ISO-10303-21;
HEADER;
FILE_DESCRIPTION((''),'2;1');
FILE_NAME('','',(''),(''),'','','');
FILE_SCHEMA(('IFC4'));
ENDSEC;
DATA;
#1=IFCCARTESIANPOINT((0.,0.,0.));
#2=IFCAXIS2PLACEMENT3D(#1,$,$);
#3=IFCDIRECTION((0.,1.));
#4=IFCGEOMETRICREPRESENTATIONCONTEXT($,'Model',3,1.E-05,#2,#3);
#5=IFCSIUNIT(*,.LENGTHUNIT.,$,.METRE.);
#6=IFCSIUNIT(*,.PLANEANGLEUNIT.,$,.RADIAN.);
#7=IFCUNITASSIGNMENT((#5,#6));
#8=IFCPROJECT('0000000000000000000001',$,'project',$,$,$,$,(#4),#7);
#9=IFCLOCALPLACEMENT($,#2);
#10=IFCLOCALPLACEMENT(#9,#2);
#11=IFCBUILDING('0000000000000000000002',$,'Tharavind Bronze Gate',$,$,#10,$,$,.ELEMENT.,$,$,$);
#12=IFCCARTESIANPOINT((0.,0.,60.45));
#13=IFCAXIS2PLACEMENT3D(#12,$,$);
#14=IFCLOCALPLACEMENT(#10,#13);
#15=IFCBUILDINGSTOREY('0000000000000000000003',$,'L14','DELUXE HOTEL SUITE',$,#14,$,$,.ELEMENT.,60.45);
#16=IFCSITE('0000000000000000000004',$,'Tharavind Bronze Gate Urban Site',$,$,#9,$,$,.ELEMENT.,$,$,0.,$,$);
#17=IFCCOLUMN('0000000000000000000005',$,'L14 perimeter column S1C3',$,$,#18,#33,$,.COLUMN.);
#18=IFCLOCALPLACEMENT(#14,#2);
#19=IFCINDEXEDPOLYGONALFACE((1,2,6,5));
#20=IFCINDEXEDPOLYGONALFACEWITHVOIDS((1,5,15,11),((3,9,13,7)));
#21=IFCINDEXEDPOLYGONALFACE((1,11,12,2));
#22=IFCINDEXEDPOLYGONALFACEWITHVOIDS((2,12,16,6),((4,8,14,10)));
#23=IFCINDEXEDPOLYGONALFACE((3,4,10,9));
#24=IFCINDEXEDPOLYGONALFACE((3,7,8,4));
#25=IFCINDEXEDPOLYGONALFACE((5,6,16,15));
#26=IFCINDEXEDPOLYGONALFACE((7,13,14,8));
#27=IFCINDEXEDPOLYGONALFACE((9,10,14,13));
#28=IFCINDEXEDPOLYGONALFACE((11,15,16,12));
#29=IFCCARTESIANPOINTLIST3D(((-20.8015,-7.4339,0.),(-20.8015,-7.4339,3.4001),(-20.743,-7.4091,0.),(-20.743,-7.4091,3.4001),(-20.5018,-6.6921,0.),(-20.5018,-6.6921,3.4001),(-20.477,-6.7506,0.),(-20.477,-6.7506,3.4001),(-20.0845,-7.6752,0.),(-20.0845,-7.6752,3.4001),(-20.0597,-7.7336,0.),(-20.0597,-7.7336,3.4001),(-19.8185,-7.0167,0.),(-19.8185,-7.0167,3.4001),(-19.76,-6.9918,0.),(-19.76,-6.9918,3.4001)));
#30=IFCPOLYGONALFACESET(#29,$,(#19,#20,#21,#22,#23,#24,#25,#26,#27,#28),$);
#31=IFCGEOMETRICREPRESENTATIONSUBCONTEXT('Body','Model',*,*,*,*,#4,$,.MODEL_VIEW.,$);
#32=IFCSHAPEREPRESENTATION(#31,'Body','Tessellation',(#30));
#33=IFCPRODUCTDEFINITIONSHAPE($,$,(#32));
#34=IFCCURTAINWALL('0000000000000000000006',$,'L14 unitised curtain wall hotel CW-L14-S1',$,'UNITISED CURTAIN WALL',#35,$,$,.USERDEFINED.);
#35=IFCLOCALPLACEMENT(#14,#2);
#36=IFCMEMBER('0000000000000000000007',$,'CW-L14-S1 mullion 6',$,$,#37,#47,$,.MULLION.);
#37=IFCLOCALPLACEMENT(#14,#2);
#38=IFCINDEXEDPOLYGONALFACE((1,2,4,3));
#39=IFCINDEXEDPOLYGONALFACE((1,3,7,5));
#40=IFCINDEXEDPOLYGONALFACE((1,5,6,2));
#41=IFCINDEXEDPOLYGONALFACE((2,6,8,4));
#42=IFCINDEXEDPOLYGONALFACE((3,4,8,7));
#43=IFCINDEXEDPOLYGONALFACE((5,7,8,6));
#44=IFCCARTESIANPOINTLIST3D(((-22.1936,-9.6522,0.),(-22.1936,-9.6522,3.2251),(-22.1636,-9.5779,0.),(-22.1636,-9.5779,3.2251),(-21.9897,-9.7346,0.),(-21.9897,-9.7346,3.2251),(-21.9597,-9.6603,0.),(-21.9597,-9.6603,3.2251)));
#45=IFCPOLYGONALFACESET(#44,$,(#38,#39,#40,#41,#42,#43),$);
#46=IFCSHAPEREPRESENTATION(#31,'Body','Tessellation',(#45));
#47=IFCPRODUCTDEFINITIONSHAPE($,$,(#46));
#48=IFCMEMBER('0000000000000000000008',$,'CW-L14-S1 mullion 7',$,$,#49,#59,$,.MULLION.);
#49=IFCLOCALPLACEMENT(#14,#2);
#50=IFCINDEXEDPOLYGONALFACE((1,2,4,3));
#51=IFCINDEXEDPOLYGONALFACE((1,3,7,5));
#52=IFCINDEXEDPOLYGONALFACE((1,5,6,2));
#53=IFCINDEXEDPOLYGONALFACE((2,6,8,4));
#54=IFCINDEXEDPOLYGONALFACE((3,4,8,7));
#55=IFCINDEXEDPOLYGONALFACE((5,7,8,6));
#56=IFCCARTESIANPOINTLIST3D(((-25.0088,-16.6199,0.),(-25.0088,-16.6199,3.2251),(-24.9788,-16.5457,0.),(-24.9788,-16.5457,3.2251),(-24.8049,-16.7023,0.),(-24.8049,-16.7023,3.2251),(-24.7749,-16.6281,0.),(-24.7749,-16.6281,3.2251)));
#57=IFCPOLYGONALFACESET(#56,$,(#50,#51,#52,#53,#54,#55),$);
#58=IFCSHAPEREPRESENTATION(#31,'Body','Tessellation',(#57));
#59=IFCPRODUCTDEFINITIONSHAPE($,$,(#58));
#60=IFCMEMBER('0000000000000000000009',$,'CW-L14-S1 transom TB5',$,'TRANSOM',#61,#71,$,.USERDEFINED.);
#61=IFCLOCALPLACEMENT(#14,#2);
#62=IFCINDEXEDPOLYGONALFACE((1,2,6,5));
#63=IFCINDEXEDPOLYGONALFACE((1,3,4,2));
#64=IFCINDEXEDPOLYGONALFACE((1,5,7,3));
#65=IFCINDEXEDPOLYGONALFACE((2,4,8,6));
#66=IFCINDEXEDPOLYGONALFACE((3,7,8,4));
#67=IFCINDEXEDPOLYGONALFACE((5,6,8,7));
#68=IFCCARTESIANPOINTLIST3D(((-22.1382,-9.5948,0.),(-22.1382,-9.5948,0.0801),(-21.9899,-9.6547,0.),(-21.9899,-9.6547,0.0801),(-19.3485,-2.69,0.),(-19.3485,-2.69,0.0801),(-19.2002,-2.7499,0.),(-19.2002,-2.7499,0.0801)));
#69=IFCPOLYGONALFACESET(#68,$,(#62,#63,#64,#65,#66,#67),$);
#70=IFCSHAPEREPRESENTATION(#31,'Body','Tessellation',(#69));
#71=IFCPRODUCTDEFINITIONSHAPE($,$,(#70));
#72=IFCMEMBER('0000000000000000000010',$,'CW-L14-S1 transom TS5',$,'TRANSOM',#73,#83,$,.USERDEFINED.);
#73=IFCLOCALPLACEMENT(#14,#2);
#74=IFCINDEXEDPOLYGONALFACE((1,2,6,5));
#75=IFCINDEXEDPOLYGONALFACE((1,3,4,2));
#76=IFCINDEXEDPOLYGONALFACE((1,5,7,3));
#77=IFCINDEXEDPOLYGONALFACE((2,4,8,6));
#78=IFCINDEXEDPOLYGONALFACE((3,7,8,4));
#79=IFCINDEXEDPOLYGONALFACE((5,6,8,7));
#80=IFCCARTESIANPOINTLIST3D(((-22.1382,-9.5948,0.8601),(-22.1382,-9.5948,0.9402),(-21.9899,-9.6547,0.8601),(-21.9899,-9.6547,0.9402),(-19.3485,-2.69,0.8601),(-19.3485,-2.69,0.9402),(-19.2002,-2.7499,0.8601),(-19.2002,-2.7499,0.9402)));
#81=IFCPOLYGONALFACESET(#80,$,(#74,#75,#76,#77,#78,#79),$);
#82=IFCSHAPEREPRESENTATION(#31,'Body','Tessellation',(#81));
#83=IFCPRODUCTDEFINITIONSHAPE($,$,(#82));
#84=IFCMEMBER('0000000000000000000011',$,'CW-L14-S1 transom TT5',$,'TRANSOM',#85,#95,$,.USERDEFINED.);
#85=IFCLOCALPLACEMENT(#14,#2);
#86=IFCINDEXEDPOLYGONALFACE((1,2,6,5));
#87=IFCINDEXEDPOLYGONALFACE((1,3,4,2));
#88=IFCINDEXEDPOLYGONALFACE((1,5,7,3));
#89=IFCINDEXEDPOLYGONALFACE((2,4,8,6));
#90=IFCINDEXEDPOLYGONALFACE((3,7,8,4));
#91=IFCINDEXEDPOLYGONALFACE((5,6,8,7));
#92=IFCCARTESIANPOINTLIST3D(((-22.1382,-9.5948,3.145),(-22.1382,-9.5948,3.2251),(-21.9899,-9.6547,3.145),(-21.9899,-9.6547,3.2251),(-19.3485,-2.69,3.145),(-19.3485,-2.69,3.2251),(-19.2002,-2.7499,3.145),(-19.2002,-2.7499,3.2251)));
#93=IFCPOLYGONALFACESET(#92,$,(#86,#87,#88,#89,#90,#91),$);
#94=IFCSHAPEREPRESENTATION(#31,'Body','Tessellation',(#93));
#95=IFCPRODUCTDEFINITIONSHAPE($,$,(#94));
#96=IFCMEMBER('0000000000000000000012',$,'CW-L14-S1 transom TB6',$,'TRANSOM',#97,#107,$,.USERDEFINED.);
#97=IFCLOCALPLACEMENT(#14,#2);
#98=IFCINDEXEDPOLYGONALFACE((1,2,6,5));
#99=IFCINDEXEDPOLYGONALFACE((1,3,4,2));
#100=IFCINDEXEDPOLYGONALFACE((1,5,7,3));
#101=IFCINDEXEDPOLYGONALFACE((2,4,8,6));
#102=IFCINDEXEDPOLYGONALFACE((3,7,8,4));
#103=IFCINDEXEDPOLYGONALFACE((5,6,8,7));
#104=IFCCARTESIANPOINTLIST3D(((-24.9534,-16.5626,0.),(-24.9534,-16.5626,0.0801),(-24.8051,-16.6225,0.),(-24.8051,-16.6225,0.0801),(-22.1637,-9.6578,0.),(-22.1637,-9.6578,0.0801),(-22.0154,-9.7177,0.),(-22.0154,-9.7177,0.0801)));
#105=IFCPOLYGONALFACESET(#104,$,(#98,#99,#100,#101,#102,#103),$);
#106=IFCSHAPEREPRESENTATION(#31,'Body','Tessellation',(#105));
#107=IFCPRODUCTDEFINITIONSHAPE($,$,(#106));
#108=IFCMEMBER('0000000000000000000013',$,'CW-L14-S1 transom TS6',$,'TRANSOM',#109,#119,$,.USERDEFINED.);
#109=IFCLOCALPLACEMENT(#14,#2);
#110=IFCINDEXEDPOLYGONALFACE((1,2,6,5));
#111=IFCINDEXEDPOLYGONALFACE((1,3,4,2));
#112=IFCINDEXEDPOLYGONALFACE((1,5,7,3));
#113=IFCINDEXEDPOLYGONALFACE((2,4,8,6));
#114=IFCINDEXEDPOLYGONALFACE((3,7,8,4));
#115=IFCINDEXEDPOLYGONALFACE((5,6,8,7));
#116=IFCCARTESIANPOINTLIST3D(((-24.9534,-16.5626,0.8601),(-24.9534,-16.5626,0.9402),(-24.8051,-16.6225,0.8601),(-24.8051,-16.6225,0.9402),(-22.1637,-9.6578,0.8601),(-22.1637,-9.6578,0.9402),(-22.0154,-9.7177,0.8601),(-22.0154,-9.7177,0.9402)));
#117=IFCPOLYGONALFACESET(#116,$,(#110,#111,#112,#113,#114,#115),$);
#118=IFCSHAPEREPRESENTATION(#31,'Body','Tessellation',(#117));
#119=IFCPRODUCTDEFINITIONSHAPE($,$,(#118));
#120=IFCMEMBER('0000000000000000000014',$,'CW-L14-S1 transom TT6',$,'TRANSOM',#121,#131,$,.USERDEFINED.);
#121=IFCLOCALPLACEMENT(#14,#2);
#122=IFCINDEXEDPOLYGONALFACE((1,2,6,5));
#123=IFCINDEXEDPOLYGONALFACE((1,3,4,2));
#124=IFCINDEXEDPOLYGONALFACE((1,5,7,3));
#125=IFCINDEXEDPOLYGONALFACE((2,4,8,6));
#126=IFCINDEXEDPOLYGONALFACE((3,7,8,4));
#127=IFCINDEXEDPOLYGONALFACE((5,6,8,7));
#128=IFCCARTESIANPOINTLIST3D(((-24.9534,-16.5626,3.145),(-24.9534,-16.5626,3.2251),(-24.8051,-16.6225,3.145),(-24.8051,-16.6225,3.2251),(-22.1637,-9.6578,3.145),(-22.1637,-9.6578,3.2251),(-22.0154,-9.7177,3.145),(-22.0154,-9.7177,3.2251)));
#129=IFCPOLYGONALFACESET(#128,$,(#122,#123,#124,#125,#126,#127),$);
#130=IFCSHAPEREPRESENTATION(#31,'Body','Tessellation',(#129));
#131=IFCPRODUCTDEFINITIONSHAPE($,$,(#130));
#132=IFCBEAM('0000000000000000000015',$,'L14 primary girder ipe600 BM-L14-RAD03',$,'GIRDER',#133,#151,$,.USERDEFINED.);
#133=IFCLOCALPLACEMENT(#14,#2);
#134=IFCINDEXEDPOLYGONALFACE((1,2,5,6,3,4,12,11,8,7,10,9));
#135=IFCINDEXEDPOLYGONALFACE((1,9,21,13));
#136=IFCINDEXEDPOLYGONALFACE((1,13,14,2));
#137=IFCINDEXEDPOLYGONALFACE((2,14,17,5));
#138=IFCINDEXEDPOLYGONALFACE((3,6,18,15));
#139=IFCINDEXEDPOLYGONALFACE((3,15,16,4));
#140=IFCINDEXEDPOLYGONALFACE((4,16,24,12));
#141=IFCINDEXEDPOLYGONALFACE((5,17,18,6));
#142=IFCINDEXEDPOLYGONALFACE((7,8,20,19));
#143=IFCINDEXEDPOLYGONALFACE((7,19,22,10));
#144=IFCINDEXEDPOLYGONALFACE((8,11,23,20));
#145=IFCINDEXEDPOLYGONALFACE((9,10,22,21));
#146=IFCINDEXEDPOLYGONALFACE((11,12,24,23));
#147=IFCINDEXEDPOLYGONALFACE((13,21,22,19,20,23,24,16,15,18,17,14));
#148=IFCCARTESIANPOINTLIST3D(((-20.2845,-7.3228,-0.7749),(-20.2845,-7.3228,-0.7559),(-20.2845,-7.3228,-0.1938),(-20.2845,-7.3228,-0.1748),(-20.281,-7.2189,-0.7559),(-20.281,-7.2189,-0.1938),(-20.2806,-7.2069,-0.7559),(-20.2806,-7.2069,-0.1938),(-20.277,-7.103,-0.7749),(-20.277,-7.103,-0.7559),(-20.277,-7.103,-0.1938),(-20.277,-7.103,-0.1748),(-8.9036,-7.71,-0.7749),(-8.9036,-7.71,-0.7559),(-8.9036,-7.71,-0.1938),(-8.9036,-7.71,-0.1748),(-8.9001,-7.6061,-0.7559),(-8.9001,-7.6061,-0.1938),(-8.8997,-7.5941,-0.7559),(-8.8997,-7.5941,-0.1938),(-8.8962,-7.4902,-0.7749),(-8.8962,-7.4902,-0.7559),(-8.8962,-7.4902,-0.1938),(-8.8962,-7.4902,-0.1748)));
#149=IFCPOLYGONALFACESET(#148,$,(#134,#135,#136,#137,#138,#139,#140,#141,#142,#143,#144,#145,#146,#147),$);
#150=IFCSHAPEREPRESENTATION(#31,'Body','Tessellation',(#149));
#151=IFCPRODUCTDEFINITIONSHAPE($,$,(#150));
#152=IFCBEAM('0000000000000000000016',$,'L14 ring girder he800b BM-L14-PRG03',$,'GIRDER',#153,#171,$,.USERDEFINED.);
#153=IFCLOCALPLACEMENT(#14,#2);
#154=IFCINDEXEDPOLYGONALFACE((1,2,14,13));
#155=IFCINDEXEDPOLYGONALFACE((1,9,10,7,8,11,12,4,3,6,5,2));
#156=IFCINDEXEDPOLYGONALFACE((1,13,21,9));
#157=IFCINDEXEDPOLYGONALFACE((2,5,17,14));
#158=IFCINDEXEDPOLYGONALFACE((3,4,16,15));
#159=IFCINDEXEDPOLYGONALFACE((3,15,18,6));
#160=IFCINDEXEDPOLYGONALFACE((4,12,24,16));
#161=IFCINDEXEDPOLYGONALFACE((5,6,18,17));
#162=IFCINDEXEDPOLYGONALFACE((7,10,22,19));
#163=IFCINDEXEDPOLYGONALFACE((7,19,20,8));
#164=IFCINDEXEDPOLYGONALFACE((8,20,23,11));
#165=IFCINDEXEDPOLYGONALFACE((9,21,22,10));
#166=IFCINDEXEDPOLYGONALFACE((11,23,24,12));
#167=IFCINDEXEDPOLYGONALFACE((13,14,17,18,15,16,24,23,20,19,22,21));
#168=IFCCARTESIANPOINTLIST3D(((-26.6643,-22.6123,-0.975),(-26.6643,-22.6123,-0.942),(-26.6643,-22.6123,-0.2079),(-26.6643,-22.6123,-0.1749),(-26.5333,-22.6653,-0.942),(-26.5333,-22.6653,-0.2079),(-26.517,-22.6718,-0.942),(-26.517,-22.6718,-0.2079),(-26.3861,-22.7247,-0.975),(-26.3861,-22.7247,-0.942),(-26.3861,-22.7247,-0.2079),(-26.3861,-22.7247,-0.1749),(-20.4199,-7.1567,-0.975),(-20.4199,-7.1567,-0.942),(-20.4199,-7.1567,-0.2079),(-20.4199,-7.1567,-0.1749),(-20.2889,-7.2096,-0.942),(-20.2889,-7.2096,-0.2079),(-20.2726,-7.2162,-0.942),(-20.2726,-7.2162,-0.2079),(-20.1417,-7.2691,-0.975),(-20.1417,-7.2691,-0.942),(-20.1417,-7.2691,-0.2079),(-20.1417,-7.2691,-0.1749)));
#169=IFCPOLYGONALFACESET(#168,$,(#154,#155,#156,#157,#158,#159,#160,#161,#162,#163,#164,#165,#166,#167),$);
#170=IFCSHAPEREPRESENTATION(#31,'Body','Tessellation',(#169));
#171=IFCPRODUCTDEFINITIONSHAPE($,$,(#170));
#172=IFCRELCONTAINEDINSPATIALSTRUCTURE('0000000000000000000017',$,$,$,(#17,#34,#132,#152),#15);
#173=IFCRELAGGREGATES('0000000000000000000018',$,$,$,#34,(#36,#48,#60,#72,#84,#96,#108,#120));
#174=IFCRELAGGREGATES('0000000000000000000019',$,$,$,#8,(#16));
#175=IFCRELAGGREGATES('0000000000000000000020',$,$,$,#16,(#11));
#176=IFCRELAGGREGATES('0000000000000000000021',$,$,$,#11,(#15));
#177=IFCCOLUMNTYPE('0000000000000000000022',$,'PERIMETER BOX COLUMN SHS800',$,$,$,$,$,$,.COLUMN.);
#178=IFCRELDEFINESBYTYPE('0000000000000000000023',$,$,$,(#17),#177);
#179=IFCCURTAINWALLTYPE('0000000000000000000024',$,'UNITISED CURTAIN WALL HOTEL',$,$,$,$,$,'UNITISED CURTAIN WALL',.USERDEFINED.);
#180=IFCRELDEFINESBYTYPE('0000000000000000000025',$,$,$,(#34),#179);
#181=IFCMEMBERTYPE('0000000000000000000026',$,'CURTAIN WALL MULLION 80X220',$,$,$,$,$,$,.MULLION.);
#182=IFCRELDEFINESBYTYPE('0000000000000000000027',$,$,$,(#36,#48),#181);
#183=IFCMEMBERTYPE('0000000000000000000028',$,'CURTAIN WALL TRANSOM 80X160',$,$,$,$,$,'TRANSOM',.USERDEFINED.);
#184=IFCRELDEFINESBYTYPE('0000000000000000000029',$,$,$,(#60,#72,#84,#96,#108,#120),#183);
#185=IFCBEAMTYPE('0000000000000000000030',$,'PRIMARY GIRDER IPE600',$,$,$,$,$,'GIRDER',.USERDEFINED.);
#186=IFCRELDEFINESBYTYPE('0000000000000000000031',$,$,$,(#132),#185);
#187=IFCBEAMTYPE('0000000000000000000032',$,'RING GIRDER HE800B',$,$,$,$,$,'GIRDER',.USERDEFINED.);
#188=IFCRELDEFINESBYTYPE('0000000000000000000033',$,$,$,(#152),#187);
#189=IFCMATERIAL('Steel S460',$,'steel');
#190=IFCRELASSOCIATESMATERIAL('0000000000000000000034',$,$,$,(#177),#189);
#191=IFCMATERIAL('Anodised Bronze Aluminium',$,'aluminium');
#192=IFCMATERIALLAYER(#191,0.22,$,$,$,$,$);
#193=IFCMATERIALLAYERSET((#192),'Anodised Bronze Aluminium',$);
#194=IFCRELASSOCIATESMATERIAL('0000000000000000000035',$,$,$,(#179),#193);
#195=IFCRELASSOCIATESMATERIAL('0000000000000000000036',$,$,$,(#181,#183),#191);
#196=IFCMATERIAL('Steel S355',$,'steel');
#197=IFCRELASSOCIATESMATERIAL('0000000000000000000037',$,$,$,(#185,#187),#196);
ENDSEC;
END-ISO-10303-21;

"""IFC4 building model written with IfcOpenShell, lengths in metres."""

from ifc_helpers import new_model, si_unit, direction, frame, origin, origin_2d, place, context, subcontext, project, spatial, rectangle, hollow_rectangle, i_section, extrude, material, layer, layer_set, material_profile, profile_set, type_object, element, aggregate, save


model = new_model("IFC4")

# Units and contexts
model_context = context("Model", 3, precision=1e-05, world=origin(), true_north=direction((0.0, 1.0)))
body_context = subcontext(model_context, "Body", "Model", "MODEL_VIEW")
ifc_project = project(units=[si_unit("LENGTHUNIT", "METRE"), si_unit("PLANEANGLEUNIT", "RADIAN")], contexts=[model_context])

# Site, building, storey
site_placement = place(None, origin())
site = spatial("IfcSite", under=ifc_project, at=site_placement, Name="Tharavind Bronze Gate Urban Site", CompositionType="ELEMENT", RefElevation=0.0)
building_placement = place(site_placement, origin())
building = spatial("IfcBuilding", under=site, at=building_placement, Name="Tharavind Bronze Gate", CompositionType="ELEMENT")
storey_placement = place(building_placement, frame((0.0, 0.0, 60.45)))
storey = spatial("IfcBuildingStorey", under=building, at=storey_placement, Name="L14", Description="DELUXE HOTEL SUITE", CompositionType="ELEMENT", Elevation=60.45)

# Column
ifc_material_1 = material(Name="Steel S460", Category="steel")
ifc_material_profile_1 = material_profile(ifc_material_1, hollow_rectangle(XDim=0.8, YDim=0.8, WallThickness=0.0449, at=origin_2d()), Name="SHS800X45")
ifc_profile_set_1 = profile_set([ifc_material_profile_1], Name="Steel S460")
column_type = type_object("IfcColumnType", Name="PERIMETER BOX COLUMN SHS800", PredefinedType="COLUMN", material=ifc_profile_set_1)
column_placement = place(storey_placement, frame((-20.2808, -7.2129, 0.0), z_axis=(0.0, 0.0, 1.0), x_axis=(0.374608, 0.927183, 0.0)))
element("IfcColumn", 1, at=column_placement, inside=storey, type_object=column_type, Name="L14 perimeter column S1C3", PredefinedType="COLUMN", context=body_context, shape_type="SweptSolid", body=[
    extrude(hollow_rectangle(XDim=0.8, YDim=0.8, WallThickness=0.0449, at=origin_2d()), origin(), (0.0, 0.0, 1.0), 3.4001),
])

# Curtain wall, members
ifc_material_2 = material(Name="Anodised Bronze Aluminium", Category="aluminium")
ifc_layer_1 = layer(ifc_material_2, 0.22)
ifc_layer_set_1 = layer_set([ifc_layer_1], Name="Anodised Bronze Aluminium")
curtain_wall_type = type_object("IfcCurtainWallType", Name="UNITISED CURTAIN WALL HOTEL", ElementType="UNITISED CURTAIN WALL", PredefinedType="USERDEFINED", material=ifc_layer_set_1)
curtain_wall_placement = place(storey_placement, origin())
curtain_wall = element("IfcCurtainWall", 2, at=curtain_wall_placement, inside=storey, type_object=curtain_wall_type, Name="L14 unitised curtain wall hotel CW-L14-S1", ObjectType="UNITISED CURTAIN WALL", PredefinedType="USERDEFINED")
member_type_1 = type_object("IfcMemberType", Name="CURTAIN WALL MULLION 80X220", PredefinedType="MULLION", material=ifc_material_2)
member_1_placement = place(storey_placement, frame((-22.0767, -9.6562, 0.0), z_axis=(0.0, 0.0, 1.0), x_axis=(-0.374607, -0.927184, 0.0)))
member_1 = element("IfcMember", 3, at=member_1_placement, type_object=member_type_1, Name="CW-L14-S1 mullion 6", PredefinedType="MULLION", context=body_context, shape_type="SweptSolid", body=[
    extrude(rectangle(XDim=0.0801, YDim=0.22, at=origin_2d()), origin(), (0.0, 0.0, 1.0), 3.2251),
])
member_2_placement = place(storey_placement, frame((-24.8918, -16.624, 0.0), z_axis=(0.0, 0.0, 1.0), x_axis=(-0.374607, -0.927184, 0.0)))
member_2 = element("IfcMember", 4, at=member_2_placement, type_object=member_type_1, Name="CW-L14-S1 mullion 7", PredefinedType="MULLION", context=body_context, shape_type="SweptSolid", body=[
    extrude(rectangle(XDim=0.0801, YDim=0.22, at=origin_2d()), origin(), (0.0, 0.0, 1.0), 3.2251),
])
member_type_2 = type_object("IfcMemberType", Name="CURTAIN WALL TRANSOM 80X160", ElementType="TRANSOM", PredefinedType="USERDEFINED", material=ifc_material_2)
member_3_placement = place(storey_placement, frame((-20.6692, -6.1724, 0.0), z_axis=(0.0, 0.0, 1.0), x_axis=(-0.374607, -0.927184, 0.0)))
member_3 = element("IfcMember", 5, at=member_3_placement, type_object=member_type_2, Name="CW-L14-S1 transom TB5", ObjectType="TRANSOM", PredefinedType="USERDEFINED", context=body_context, shape_type="SweptSolid", body=[
    extrude(rectangle(XDim=7.447, YDim=0.1599, at=origin_2d()), origin(), (0.0, 0.0, 1.0), 0.0801),
])
member_4_placement = place(storey_placement, frame((-20.6692, -6.1724, 0.8601), z_axis=(0.0, 0.0, 1.0), x_axis=(-0.374607, -0.927184, 0.0)))
member_4 = element("IfcMember", 6, at=member_4_placement, type_object=member_type_2, Name="CW-L14-S1 transom TS5", ObjectType="TRANSOM", PredefinedType="USERDEFINED", context=body_context, shape_type="SweptSolid", body=[
    extrude(rectangle(XDim=7.447, YDim=0.1599, at=origin_2d()), origin(), (0.0, 0.0, 1.0), 0.0801),
])
member_5_placement = place(storey_placement, frame((-20.6692, -6.1724, 3.145), z_axis=(0.0, 0.0, 1.0), x_axis=(-0.374607, -0.927184, 0.0)))
member_5 = element("IfcMember", 7, at=member_5_placement, type_object=member_type_2, Name="CW-L14-S1 transom TT5", ObjectType="TRANSOM", PredefinedType="USERDEFINED", context=body_context, shape_type="SweptSolid", body=[
    extrude(rectangle(XDim=7.447, YDim=0.1599, at=origin_2d()), origin(), (0.0, 0.0, 1.0), 0.0801),
])
member_6_placement = place(storey_placement, frame((-23.4844, -13.1401, 0.0), z_axis=(0.0, 0.0, 1.0), x_axis=(-0.374607, -0.927184, 0.0)))
member_6 = element("IfcMember", 8, at=member_6_placement, type_object=member_type_2, Name="CW-L14-S1 transom TB6", ObjectType="TRANSOM", PredefinedType="USERDEFINED", context=body_context, shape_type="SweptSolid", body=[
    extrude(rectangle(XDim=7.447, YDim=0.1599, at=origin_2d()), origin(), (0.0, 0.0, 1.0), 0.0801),
])
member_7_placement = place(storey_placement, frame((-23.4844, -13.1401, 0.8601), z_axis=(0.0, 0.0, 1.0), x_axis=(-0.374607, -0.927184, 0.0)))
member_7 = element("IfcMember", 9, at=member_7_placement, type_object=member_type_2, Name="CW-L14-S1 transom TS6", ObjectType="TRANSOM", PredefinedType="USERDEFINED", context=body_context, shape_type="SweptSolid", body=[
    extrude(rectangle(XDim=7.447, YDim=0.1599, at=origin_2d()), origin(), (0.0, 0.0, 1.0), 0.0801),
])
member_8_placement = place(storey_placement, frame((-23.4844, -13.1401, 3.145), z_axis=(0.0, 0.0, 1.0), x_axis=(-0.374607, -0.927184, 0.0)))
member_8 = element("IfcMember", 10, at=member_8_placement, type_object=member_type_2, Name="CW-L14-S1 transom TT6", ObjectType="TRANSOM", PredefinedType="USERDEFINED", context=body_context, shape_type="SweptSolid", body=[
    extrude(rectangle(XDim=7.447, YDim=0.1599, at=origin_2d()), origin(), (0.0, 0.0, 1.0), 0.0801),
])

# Beams
ifc_material_3 = material(Name="Steel S355", Category="steel")
ifc_material_profile_2 = material_profile(ifc_material_3, i_section(OverallWidth=0.22, OverallDepth=0.6001, WebThickness=0.012, FlangeThickness=0.019, at=origin_2d()), Name="IPE600")
ifc_profile_set_2 = profile_set([ifc_material_profile_2], Name="Steel S355")
beam_type_1 = type_object("IfcBeamType", Name="PRIMARY GIRDER IPE600", ElementType="GIRDER", PredefinedType="USERDEFINED", material=ifc_profile_set_2)
beam_1_placement = place(storey_placement, frame((-20.2808, -7.2129, -0.4749), z_axis=(0.999422, -0.034003, 0.0), x_axis=(0.034003, 0.999422, 0.0)))
element("IfcBeam", 11, at=beam_1_placement, inside=storey, type_object=beam_type_1, Name="L14 primary girder ipe600 BM-L14-RAD03", ObjectType="GIRDER", PredefinedType="USERDEFINED", context=body_context, shape_type="SweptSolid", body=[
    extrude(i_section(OverallWidth=0.22, OverallDepth=0.6001, WebThickness=0.012, FlangeThickness=0.019, at=origin_2d()), origin(), (0.0, 0.0, 1.0), 11.3875),
])
ifc_material_profile_3 = material_profile(ifc_material_3, i_section(OverallWidth=0.3, OverallDepth=0.8, WebThickness=0.0176, FlangeThickness=0.033, at=origin_2d()), Name="HE800B")
ifc_profile_set_3 = profile_set([ifc_material_profile_3], Name="Steel S355")
beam_type_2 = type_object("IfcBeamType", Name="RING GIRDER HE800B", ElementType="GIRDER", PredefinedType="USERDEFINED", material=ifc_profile_set_3)
beam_2_placement = place(storey_placement, frame((-20.2808, -7.2129, -0.575), z_axis=(-0.374603, -0.927185, 0.0), x_axis=(0.927185, -0.374603, 0.0)))
element("IfcBeam", 12, at=beam_2_placement, inside=storey, type_object=beam_type_2, Name="L14 ring girder he800b BM-L14-PRG03", ObjectType="GIRDER", PredefinedType="USERDEFINED", context=body_context, shape_type="SweptSolid", body=[
    extrude(i_section(OverallWidth=0.3, OverallDepth=0.8, WebThickness=0.0176, FlangeThickness=0.033, at=origin_2d()), origin(), (0.0, 0.0, 1.0), 16.6694),
])

aggregate(curtain_wall, [member_1, member_2, member_3, member_4, member_5, member_6, member_7, member_8])

save(model, "model.ifc")
